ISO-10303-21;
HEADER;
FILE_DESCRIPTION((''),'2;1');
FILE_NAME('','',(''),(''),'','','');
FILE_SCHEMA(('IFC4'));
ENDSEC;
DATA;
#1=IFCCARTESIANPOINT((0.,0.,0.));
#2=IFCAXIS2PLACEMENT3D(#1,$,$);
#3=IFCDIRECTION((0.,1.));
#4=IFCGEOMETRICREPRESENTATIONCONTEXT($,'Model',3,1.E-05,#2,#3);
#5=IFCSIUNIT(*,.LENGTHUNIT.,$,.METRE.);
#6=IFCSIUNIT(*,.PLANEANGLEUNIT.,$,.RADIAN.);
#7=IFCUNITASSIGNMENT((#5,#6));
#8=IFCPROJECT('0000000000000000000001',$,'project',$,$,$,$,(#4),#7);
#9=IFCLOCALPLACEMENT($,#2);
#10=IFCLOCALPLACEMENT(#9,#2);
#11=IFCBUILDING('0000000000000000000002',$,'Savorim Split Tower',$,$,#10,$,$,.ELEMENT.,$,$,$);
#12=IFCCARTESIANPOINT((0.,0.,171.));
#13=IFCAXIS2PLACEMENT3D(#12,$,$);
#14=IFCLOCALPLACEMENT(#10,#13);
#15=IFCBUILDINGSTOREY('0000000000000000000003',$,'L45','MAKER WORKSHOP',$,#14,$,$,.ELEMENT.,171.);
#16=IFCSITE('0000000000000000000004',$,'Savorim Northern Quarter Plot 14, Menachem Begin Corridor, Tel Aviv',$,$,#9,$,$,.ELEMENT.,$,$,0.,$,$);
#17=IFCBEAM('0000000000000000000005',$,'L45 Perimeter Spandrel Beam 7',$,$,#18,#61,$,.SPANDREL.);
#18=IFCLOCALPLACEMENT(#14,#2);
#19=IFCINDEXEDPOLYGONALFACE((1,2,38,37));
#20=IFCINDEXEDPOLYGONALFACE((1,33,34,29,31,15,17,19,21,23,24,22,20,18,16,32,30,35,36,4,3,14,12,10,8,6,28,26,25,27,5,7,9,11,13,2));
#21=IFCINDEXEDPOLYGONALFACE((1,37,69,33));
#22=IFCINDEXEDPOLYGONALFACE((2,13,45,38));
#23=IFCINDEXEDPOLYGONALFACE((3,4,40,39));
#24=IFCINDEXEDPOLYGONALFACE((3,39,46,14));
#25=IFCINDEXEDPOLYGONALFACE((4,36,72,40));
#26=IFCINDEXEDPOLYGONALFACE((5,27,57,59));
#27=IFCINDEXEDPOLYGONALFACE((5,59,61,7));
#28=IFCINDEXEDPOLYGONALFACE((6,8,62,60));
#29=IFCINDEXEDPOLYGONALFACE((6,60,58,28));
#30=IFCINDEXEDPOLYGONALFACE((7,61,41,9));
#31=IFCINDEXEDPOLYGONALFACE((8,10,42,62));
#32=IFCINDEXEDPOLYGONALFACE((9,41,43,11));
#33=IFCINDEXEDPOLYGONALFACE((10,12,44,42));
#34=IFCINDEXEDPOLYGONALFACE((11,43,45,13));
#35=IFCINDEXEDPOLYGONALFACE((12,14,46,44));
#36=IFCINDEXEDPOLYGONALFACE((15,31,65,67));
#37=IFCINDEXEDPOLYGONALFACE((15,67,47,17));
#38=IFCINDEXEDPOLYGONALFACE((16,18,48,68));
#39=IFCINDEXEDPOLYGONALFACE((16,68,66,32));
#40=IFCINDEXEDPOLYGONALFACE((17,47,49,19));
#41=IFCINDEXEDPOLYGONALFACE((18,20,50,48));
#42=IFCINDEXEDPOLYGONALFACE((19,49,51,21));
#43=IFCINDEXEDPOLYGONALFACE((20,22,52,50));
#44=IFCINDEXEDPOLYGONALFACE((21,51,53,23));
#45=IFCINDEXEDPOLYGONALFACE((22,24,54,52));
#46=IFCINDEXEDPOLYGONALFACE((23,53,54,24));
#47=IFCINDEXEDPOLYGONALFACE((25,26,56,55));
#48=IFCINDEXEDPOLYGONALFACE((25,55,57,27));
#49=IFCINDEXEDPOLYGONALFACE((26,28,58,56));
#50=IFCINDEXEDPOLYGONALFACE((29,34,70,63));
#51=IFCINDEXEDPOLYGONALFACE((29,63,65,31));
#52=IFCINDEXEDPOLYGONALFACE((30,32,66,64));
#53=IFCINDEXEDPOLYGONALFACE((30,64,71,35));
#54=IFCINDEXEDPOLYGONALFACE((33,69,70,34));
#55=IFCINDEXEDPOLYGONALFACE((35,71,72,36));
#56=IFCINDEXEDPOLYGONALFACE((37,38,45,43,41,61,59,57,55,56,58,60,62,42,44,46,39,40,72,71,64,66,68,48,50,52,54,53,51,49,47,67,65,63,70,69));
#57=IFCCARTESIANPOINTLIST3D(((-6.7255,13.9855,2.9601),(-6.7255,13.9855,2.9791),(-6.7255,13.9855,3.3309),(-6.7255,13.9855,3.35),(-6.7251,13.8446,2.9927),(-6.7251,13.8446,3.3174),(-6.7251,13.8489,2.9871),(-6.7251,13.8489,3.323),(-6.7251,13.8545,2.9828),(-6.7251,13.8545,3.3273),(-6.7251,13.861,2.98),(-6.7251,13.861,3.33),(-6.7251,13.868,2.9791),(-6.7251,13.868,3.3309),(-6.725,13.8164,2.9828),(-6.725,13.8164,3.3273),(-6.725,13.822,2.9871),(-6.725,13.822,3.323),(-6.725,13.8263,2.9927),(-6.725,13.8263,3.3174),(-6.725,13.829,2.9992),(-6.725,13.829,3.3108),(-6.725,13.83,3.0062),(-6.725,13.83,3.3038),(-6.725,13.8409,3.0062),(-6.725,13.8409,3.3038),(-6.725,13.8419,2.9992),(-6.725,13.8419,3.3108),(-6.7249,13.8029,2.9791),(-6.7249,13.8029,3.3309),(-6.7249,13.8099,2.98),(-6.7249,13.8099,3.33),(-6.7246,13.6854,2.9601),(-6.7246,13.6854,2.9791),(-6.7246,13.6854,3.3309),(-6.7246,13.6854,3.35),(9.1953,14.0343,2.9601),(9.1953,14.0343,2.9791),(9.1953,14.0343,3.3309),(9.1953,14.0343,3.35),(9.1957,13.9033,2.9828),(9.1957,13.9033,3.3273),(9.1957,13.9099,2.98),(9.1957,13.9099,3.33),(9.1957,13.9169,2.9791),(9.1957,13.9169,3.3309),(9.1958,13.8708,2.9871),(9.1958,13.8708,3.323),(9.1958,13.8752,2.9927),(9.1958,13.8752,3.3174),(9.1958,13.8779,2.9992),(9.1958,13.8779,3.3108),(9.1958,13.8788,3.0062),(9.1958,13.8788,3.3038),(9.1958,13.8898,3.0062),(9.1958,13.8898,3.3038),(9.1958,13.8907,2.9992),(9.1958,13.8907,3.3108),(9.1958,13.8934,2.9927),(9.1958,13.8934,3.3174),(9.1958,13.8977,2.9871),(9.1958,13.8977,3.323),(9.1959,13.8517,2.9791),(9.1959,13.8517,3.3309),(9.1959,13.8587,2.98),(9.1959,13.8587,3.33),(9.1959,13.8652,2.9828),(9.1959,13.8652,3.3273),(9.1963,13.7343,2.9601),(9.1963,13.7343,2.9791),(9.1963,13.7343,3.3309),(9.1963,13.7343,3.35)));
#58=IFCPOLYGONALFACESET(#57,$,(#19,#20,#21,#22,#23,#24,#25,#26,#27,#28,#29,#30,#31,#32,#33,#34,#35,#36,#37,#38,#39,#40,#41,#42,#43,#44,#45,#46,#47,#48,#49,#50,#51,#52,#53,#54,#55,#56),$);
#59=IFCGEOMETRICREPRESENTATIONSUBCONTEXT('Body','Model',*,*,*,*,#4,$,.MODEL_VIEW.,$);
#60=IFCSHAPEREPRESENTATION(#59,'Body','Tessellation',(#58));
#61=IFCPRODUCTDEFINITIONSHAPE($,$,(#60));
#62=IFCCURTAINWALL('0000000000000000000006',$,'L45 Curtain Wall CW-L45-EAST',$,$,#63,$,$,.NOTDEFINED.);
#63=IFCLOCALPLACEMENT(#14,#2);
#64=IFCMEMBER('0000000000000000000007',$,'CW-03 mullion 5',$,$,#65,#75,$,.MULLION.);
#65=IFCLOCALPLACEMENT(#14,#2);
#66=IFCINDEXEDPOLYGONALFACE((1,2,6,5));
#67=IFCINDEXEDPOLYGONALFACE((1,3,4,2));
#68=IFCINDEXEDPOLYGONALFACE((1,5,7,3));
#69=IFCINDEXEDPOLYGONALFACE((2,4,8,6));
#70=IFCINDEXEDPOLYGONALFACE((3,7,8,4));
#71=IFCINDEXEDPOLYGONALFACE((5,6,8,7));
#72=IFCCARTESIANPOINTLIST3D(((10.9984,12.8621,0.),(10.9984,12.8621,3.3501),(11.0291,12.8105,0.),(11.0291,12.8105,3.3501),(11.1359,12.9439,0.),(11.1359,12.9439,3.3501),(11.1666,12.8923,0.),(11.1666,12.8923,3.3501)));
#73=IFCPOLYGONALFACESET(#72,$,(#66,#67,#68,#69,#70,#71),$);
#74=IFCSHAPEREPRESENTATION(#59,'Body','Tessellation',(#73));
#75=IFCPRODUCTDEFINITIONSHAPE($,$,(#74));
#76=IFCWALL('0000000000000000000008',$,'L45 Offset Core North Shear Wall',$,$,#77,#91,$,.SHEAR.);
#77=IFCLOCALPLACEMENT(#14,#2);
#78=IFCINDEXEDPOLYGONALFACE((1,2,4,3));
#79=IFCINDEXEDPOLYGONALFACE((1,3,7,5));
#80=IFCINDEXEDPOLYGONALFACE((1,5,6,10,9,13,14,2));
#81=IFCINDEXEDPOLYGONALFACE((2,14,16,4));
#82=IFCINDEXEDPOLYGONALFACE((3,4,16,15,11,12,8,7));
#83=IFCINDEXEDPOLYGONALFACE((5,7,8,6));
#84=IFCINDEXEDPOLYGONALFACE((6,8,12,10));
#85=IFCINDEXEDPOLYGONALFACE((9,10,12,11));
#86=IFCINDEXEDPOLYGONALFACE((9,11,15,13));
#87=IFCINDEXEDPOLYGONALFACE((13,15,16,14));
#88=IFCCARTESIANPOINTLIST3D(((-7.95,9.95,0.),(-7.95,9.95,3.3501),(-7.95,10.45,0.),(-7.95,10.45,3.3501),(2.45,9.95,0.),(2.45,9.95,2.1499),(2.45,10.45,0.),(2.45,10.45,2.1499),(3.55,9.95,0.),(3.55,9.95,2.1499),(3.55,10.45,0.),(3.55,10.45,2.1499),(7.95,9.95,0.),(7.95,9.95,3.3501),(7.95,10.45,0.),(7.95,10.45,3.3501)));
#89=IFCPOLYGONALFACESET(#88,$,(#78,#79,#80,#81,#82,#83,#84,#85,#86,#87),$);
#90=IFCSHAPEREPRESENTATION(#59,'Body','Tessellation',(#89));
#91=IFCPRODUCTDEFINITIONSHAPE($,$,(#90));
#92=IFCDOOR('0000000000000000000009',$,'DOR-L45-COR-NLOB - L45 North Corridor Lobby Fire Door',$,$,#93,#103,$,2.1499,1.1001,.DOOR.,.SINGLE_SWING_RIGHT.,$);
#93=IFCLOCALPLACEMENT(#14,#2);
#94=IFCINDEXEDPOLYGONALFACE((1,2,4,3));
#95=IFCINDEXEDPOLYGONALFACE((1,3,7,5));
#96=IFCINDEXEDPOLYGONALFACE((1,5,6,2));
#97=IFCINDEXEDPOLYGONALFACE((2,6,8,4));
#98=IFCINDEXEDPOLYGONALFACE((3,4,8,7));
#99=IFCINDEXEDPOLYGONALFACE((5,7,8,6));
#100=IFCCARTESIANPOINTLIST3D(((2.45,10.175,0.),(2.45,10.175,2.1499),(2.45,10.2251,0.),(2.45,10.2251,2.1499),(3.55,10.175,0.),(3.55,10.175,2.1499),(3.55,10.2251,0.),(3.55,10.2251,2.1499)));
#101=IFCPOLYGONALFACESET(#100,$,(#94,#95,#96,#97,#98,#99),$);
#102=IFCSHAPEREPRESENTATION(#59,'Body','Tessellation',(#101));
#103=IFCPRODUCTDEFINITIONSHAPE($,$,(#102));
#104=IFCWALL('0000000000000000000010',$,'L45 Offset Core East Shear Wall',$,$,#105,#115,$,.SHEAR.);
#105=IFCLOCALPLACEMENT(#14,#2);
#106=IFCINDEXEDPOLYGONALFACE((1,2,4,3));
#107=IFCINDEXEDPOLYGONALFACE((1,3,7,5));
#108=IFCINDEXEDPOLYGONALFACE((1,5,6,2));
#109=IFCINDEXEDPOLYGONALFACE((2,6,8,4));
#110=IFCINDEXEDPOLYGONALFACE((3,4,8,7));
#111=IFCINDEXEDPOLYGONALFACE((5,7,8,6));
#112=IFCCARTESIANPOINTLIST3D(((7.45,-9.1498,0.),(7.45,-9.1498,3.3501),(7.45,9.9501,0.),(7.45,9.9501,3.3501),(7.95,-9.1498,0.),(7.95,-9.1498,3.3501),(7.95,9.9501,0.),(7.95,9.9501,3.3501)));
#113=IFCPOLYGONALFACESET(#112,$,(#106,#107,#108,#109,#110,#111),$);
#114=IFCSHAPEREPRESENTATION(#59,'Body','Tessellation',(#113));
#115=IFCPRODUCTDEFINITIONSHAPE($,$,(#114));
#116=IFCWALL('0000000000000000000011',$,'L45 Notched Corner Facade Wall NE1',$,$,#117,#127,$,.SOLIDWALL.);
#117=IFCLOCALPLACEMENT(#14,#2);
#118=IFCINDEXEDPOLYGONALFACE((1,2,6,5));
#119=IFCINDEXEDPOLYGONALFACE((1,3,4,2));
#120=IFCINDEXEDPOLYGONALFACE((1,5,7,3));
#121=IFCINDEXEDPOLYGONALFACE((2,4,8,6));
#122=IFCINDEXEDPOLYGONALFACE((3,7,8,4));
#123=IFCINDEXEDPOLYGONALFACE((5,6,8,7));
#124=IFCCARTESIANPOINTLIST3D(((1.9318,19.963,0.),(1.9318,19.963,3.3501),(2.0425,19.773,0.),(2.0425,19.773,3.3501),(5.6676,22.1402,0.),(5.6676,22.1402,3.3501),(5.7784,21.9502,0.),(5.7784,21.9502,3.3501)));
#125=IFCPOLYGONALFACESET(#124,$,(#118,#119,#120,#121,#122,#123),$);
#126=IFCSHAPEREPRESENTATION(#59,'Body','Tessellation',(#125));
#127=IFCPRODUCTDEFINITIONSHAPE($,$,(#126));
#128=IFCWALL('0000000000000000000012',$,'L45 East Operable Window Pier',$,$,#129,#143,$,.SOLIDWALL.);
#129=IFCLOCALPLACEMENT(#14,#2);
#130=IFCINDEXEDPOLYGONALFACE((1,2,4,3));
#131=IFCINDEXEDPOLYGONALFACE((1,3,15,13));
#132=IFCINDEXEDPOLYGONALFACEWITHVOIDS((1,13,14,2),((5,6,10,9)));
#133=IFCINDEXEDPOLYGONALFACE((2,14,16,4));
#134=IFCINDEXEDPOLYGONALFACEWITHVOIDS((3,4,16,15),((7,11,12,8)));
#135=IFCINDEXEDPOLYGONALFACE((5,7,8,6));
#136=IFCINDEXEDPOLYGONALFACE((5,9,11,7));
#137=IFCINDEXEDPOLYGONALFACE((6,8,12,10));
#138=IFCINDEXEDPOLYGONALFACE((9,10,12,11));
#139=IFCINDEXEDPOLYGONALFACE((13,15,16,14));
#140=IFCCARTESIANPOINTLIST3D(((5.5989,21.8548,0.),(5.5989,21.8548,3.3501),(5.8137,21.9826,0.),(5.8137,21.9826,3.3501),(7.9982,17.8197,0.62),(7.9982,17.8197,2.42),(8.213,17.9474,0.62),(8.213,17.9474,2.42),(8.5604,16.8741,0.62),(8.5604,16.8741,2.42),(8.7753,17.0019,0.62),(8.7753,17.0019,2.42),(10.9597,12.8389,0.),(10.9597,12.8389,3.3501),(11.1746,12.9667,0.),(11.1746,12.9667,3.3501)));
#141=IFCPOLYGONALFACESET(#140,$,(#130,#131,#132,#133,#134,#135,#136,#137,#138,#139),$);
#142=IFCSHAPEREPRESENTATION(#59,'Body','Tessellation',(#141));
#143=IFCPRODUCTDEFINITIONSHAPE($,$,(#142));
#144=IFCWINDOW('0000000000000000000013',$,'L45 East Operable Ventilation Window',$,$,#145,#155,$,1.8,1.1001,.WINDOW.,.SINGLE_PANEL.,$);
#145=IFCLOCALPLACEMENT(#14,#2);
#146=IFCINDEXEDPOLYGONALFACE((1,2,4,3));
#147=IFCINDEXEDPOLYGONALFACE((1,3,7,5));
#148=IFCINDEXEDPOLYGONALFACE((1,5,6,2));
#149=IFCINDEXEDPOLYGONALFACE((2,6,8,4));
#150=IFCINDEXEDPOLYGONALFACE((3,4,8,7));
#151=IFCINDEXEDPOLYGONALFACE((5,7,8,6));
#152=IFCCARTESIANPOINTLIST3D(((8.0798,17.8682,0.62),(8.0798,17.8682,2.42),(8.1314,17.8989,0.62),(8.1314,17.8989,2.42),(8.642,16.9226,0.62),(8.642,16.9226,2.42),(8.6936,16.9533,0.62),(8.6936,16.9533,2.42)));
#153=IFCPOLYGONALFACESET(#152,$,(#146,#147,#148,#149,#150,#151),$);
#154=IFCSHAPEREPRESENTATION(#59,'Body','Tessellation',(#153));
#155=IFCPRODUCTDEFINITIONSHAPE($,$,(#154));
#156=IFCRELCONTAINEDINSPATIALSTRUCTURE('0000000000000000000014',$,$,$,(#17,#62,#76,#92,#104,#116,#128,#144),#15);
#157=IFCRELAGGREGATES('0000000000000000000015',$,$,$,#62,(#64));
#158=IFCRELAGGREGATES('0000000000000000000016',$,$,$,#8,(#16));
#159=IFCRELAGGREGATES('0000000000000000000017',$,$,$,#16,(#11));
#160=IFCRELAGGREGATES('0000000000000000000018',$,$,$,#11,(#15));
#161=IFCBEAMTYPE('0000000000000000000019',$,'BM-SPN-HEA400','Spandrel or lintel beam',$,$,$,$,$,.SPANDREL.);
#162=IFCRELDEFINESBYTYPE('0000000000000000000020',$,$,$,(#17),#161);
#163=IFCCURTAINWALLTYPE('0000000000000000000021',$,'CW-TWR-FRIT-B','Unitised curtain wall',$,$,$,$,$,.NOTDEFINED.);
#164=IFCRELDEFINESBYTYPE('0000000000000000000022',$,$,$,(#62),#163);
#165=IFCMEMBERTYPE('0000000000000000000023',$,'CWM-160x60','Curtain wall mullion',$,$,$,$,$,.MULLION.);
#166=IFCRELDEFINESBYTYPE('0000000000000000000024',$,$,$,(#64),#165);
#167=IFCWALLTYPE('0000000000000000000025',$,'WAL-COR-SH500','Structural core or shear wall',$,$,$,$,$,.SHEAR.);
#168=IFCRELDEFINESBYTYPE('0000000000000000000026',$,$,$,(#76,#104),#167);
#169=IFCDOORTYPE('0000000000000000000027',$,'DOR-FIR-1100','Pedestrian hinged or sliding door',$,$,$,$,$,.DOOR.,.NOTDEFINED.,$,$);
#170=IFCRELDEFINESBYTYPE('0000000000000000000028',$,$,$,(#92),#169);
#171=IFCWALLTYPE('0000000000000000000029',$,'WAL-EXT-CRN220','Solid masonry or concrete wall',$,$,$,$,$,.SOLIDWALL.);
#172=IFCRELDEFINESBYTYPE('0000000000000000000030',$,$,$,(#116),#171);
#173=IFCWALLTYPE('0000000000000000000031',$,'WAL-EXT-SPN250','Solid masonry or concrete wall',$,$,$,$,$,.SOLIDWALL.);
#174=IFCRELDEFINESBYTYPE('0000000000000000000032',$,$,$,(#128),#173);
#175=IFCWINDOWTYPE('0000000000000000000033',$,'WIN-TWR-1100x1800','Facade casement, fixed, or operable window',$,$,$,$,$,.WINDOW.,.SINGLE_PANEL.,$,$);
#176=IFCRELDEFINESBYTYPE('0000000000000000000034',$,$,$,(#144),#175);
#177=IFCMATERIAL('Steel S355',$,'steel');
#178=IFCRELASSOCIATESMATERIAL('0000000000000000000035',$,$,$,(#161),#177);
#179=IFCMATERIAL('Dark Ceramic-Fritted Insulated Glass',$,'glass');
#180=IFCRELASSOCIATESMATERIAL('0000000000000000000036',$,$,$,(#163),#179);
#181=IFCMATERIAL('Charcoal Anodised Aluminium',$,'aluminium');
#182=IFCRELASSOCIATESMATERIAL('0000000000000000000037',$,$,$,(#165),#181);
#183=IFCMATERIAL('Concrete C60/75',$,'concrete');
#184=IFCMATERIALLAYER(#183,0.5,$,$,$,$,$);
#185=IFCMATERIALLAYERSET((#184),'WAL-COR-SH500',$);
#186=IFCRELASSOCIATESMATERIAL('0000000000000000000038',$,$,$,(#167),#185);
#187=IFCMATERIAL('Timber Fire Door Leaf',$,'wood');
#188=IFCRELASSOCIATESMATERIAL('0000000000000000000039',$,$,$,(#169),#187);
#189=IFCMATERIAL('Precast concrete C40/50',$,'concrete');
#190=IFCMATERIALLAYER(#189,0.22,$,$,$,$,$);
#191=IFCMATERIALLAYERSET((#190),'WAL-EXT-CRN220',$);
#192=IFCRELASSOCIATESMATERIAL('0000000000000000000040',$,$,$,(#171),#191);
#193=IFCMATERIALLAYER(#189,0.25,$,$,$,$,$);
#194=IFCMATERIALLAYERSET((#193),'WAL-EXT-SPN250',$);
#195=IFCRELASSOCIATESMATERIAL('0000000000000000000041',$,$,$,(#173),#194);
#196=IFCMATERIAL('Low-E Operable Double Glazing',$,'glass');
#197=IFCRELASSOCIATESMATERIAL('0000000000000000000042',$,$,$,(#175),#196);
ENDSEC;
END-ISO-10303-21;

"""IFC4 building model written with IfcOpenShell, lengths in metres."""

from ifc_helpers import new_model, si_unit, direction, frame, frame_2d, origin, origin_2d, place, context, subcontext, project, spatial, rectangle, i_section, extrude, material, layer, layer_set, material_profile, profile_set, type_object, element, fill, aggregate, save


model = new_model("IFC4")

# Units and contexts
model_context = context("Model", 3, precision=1e-05, world=origin(), true_north=direction((0.0, 1.0)))
body_context = subcontext(model_context, "Body", "Model", "MODEL_VIEW")
ifc_project = project(units=[si_unit("LENGTHUNIT", "METRE"), si_unit("PLANEANGLEUNIT", "RADIAN")], contexts=[model_context])

# Site, building, storey
site_placement = place(None, origin())
site = spatial("IfcSite", under=ifc_project, at=site_placement, Name="Savorim Northern Quarter Plot 14, Menachem Begin Corridor, Tel Aviv", CompositionType="ELEMENT", RefElevation=0.0)
building_placement = place(site_placement, origin())
building = spatial("IfcBuilding", under=site, at=building_placement, Name="Savorim Split Tower", CompositionType="ELEMENT")
storey_placement = place(building_placement, frame((0.0, 0.0, 171.0)))
storey = spatial("IfcBuildingStorey", under=building, at=storey_placement, Name="L45", Description="MAKER WORKSHOP", CompositionType="ELEMENT", Elevation=171.0)

# Beam
ifc_material_1 = material(Name="Steel S355", Category="steel")
ifc_material_profile_1 = material_profile(ifc_material_1, i_section(OverallWidth=0.3, OverallDepth=0.3899, WebThickness=0.011, FlangeThickness=0.019, FilletRadius=0.0271, at=origin_2d()), Name="HEA 400")
ifc_profile_set_1 = profile_set([ifc_material_profile_1], Name="Steel S355")
beam_type_1 = type_object("IfcBeamType", Name="BM-SPN-HEA400", Description="Spandrel or lintel beam", PredefinedType="SPANDREL", material=ifc_profile_set_1)
beam_1_placement = place(storey_placement, frame((9.1958, 13.8843, 3.155), z_axis=(-0.999995, -0.003067, 0.0), x_axis=(0.003067, -0.999995, 0.0)))
element("IfcBeam", 1, at=beam_1_placement, inside=storey, type_object=beam_type_1, Name="L45 Perimeter Spandrel Beam 7", PredefinedType="SPANDREL", context=body_context, shape_type="SweptSolid", body=[
    extrude(i_section(OverallWidth=0.3, OverallDepth=0.3899, WebThickness=0.011, FlangeThickness=0.019, FilletRadius=0.0271, at=origin_2d()), origin(), (0.0, 0.0, 1.0), 15.9209),
])

# Curtain wall, member
ifc_material_2 = material(Name="Dark Ceramic-Fritted Insulated Glass", Category="glass")
curtain_wall_type = type_object("IfcCurtainWallType", Name="CW-TWR-FRIT-B", Description="Unitised curtain wall", PredefinedType="NOTDEFINED", material=ifc_material_2)
curtain_wall_placement = place(storey_placement, origin())
curtain_wall = element("IfcCurtainWall", 2, at=curtain_wall_placement, inside=storey, type_object=curtain_wall_type, Name="L45 Curtain Wall CW-L45-EAST", PredefinedType="NOTDEFINED")
ifc_material_3 = material(Name="Charcoal Anodised Aluminium", Category="aluminium")
ifc_material_profile_2 = material_profile(ifc_material_3, rectangle(XDim=0.1599, YDim=0.0601, at=origin_2d()), Name="ALU-M 160x60")
ifc_profile_set_2 = profile_set([ifc_material_profile_2], Name="Charcoal Anodised Aluminium")
member_type = type_object("IfcMemberType", Name="CWM-160x60", Description="Curtain wall mullion", PredefinedType="MULLION", material=ifc_profile_set_2)
member_placement = place(storey_placement, frame((11.0825, 12.8772, 0.0), z_axis=(0.0, 0.0, 1.0), x_axis=(-0.859525, -0.511094, 0.0)))
member = element("IfcMember", 3, at=member_placement, type_object=member_type, Name="CW-03 mullion 5", PredefinedType="MULLION", context=body_context, shape_type="SweptSolid", body=[
    extrude(rectangle(XDim=0.1599, YDim=0.0601, at=origin_2d()), origin(), (0.0, 0.0, 1.0), 3.3501),
])
aggregate(curtain_wall, [member])

# Wall, opening, door
ifc_material_4 = material(Name="Concrete C60/75", Category="concrete")
ifc_layer_1 = layer(ifc_material_4, 0.5)
ifc_layer_set_1 = layer_set([ifc_layer_1], Name="WAL-COR-SH500")
wall_type_1 = type_object("IfcWallType", Name="WAL-COR-SH500", Description="Structural core or shear wall", PredefinedType="SHEAR", material=ifc_layer_set_1)
wall_1_placement = place(storey_placement, frame((7.95, 10.2, 0.0), z_axis=(0.0, 0.0, 1.0), x_axis=(-1.0, 0.0, 0.0)))
wall_1 = element("IfcWall", 4, at=wall_1_placement, inside=storey, type_object=wall_type_1, Name="L45 Offset Core North Shear Wall", PredefinedType="SHEAR", context=body_context, shape_type="SweptSolid", body=[
    extrude(rectangle(XDim=15.8999, YDim=0.5, at=frame_2d((7.95, 0.0))), origin(), (0.0, 0.0, 1.0), 3.3501),
])
opening_1_placement = place(wall_1_placement, frame((4.3999, 0.0, 0.0)))
opening_1 = element("IfcOpeningElement", 5, at=opening_1_placement, cuts=wall_1, PredefinedType="OPENING", context=body_context, shape_type="SweptSolid", body=[
    extrude(rectangle(XDim=1.1001, YDim=2.1499, at=frame_2d((0.55, 1.075))), frame((0.0, 0.26, 0.0), z_axis=(0.0, -1.0, 0.0), x_axis=(1.0, 0.0, 0.0)), (0.0, 0.0, 1.0), 0.52),
])
ifc_material_5 = material(Name="Timber Fire Door Leaf", Category="wood")
door_type_1 = type_object("IfcDoorType", Name="DOR-FIR-1100", Description="Pedestrian hinged or sliding door", OperationType="NOTDEFINED", PredefinedType="DOOR", material=ifc_material_5)
door_1_placement = place(opening_1_placement, origin())
door_1 = element("IfcDoor", 6, at=door_1_placement, inside=storey, type_object=door_type_1, Name="DOR-L45-COR-NLOB - L45 North Corridor Lobby Fire Door", OperationType="SINGLE_SWING_RIGHT", OverallHeight=2.1499, OverallWidth=1.1001, PredefinedType="DOOR", context=body_context, shape_type="SweptSolid", body=[
    extrude(rectangle(XDim=1.1001, YDim=2.1499, at=frame_2d((0.55, 1.075))), frame((0.0, 0.0249, 0.0), z_axis=(0.0, -1.0, 0.0), x_axis=(1.0, 0.0, 0.0)), (0.0, 0.0, 1.0), 0.05),
])
fill(opening_1, door_1)

# Walls
wall_2_placement = place(storey_placement, frame((7.7, 9.95, 0.0), z_axis=(0.0, 0.0, 1.0), x_axis=(0.0, -1.0, 0.0)))
element("IfcWall", 7, at=wall_2_placement, inside=storey, type_object=wall_type_1, Name="L45 Offset Core East Shear Wall", PredefinedType="SHEAR", context=body_context, shape_type="SweptSolid", body=[
    extrude(rectangle(XDim=19.0999, YDim=0.5, at=frame_2d((9.5498, 0.0))), origin(), (0.0, 0.0, 1.0), 3.3501),
])
ifc_material_6 = material(Name="Precast concrete C40/50", Category="concrete")
ifc_layer_2 = layer(ifc_material_6, 0.22)
ifc_layer_set_2 = layer_set([ifc_layer_2], Name="WAL-EXT-CRN220")
wall_type_2 = type_object("IfcWallType", Name="WAL-EXT-CRN220", Description="Solid masonry or concrete wall", PredefinedType="SOLIDWALL", material=ifc_layer_set_2)
wall_3_placement = place(storey_placement, frame((1.9871, 19.8679, 0.0), z_axis=(0.0, 0.0, 1.0), x_axis=(0.86398, 0.503527, 0.0)))
element("IfcWall", 8, at=wall_3_placement, inside=storey, type_object=wall_type_2, Name="L45 Notched Corner Facade Wall NE1", PredefinedType="SOLIDWALL", context=body_context, shape_type="SweptSolid", body=[
    extrude(rectangle(XDim=4.324, YDim=0.22, at=frame_2d((2.1621, 0.0))), origin(), (0.0, 0.0, 1.0), 3.3501),
])

# Wall, opening, window
ifc_layer_3 = layer(ifc_material_6, 0.25)
ifc_layer_set_3 = layer_set([ifc_layer_3], Name="WAL-EXT-SPN250")
wall_type_3 = type_object("IfcWallType", Name="WAL-EXT-SPN250", Description="Solid masonry or concrete wall", PredefinedType="SOLIDWALL", material=ifc_layer_set_3)
wall_4_placement = place(storey_placement, frame((5.7063, 21.9187, 0.0), z_axis=(0.0, 0.0, 1.0), x_axis=(0.511079, -0.859534, 0.0)))
wall_4 = element("IfcWall", 9, at=wall_4_placement, inside=storey, type_object=wall_type_3, Name="L45 East Operable Window Pier", PredefinedType="SOLIDWALL", context=body_context, shape_type="SweptSolid", body=[
    extrude(rectangle(XDim=10.4893, YDim=0.25, at=frame_2d((5.2446, 0.0))), origin(), (0.0, 0.0, 1.0), 3.3501),
])
opening_2_placement = place(wall_4_placement, frame((4.6946, 0.0, 0.6201)))
opening_2 = element("IfcOpeningElement", 10, at=opening_2_placement, cuts=wall_4, PredefinedType="OPENING", context=body_context, shape_type="SweptSolid", body=[
    extrude(rectangle(XDim=1.1001, YDim=1.8, at=frame_2d((0.55, 0.8999))), frame((0.0, 0.135, 0.0), z_axis=(0.0, -1.0, 0.0), x_axis=(1.0, 0.0, 0.0)), (0.0, 0.0, 1.0), 0.27),
])
ifc_material_7 = material(Name="Low-E Operable Double Glazing", Category="glass")
window_type = type_object("IfcWindowType", Name="WIN-TWR-1100x1800", Description="Facade casement, fixed, or operable window", PartitioningType="SINGLE_PANEL", PredefinedType="WINDOW", material=ifc_material_7)
window_placement = place(opening_2_placement, origin())
window = element("IfcWindow", 11, at=window_placement, inside=storey, type_object=window_type, Name="L45 East Operable Ventilation Window", OverallHeight=1.8, OverallWidth=1.1001, PartitioningType="SINGLE_PANEL", PredefinedType="WINDOW", context=body_context, shape_type="SweptSolid", body=[
    extrude(rectangle(XDim=1.1001, YDim=1.8, at=frame_2d((0.55, 0.8999))), frame((0.0, 0.03, 0.0), z_axis=(0.0, -1.0, 0.0), x_axis=(1.0, 0.0, 0.0)), (0.0, 0.0, 1.0), 0.0601),
])
fill(opening_2, window)

save(model, "model.ifc")
